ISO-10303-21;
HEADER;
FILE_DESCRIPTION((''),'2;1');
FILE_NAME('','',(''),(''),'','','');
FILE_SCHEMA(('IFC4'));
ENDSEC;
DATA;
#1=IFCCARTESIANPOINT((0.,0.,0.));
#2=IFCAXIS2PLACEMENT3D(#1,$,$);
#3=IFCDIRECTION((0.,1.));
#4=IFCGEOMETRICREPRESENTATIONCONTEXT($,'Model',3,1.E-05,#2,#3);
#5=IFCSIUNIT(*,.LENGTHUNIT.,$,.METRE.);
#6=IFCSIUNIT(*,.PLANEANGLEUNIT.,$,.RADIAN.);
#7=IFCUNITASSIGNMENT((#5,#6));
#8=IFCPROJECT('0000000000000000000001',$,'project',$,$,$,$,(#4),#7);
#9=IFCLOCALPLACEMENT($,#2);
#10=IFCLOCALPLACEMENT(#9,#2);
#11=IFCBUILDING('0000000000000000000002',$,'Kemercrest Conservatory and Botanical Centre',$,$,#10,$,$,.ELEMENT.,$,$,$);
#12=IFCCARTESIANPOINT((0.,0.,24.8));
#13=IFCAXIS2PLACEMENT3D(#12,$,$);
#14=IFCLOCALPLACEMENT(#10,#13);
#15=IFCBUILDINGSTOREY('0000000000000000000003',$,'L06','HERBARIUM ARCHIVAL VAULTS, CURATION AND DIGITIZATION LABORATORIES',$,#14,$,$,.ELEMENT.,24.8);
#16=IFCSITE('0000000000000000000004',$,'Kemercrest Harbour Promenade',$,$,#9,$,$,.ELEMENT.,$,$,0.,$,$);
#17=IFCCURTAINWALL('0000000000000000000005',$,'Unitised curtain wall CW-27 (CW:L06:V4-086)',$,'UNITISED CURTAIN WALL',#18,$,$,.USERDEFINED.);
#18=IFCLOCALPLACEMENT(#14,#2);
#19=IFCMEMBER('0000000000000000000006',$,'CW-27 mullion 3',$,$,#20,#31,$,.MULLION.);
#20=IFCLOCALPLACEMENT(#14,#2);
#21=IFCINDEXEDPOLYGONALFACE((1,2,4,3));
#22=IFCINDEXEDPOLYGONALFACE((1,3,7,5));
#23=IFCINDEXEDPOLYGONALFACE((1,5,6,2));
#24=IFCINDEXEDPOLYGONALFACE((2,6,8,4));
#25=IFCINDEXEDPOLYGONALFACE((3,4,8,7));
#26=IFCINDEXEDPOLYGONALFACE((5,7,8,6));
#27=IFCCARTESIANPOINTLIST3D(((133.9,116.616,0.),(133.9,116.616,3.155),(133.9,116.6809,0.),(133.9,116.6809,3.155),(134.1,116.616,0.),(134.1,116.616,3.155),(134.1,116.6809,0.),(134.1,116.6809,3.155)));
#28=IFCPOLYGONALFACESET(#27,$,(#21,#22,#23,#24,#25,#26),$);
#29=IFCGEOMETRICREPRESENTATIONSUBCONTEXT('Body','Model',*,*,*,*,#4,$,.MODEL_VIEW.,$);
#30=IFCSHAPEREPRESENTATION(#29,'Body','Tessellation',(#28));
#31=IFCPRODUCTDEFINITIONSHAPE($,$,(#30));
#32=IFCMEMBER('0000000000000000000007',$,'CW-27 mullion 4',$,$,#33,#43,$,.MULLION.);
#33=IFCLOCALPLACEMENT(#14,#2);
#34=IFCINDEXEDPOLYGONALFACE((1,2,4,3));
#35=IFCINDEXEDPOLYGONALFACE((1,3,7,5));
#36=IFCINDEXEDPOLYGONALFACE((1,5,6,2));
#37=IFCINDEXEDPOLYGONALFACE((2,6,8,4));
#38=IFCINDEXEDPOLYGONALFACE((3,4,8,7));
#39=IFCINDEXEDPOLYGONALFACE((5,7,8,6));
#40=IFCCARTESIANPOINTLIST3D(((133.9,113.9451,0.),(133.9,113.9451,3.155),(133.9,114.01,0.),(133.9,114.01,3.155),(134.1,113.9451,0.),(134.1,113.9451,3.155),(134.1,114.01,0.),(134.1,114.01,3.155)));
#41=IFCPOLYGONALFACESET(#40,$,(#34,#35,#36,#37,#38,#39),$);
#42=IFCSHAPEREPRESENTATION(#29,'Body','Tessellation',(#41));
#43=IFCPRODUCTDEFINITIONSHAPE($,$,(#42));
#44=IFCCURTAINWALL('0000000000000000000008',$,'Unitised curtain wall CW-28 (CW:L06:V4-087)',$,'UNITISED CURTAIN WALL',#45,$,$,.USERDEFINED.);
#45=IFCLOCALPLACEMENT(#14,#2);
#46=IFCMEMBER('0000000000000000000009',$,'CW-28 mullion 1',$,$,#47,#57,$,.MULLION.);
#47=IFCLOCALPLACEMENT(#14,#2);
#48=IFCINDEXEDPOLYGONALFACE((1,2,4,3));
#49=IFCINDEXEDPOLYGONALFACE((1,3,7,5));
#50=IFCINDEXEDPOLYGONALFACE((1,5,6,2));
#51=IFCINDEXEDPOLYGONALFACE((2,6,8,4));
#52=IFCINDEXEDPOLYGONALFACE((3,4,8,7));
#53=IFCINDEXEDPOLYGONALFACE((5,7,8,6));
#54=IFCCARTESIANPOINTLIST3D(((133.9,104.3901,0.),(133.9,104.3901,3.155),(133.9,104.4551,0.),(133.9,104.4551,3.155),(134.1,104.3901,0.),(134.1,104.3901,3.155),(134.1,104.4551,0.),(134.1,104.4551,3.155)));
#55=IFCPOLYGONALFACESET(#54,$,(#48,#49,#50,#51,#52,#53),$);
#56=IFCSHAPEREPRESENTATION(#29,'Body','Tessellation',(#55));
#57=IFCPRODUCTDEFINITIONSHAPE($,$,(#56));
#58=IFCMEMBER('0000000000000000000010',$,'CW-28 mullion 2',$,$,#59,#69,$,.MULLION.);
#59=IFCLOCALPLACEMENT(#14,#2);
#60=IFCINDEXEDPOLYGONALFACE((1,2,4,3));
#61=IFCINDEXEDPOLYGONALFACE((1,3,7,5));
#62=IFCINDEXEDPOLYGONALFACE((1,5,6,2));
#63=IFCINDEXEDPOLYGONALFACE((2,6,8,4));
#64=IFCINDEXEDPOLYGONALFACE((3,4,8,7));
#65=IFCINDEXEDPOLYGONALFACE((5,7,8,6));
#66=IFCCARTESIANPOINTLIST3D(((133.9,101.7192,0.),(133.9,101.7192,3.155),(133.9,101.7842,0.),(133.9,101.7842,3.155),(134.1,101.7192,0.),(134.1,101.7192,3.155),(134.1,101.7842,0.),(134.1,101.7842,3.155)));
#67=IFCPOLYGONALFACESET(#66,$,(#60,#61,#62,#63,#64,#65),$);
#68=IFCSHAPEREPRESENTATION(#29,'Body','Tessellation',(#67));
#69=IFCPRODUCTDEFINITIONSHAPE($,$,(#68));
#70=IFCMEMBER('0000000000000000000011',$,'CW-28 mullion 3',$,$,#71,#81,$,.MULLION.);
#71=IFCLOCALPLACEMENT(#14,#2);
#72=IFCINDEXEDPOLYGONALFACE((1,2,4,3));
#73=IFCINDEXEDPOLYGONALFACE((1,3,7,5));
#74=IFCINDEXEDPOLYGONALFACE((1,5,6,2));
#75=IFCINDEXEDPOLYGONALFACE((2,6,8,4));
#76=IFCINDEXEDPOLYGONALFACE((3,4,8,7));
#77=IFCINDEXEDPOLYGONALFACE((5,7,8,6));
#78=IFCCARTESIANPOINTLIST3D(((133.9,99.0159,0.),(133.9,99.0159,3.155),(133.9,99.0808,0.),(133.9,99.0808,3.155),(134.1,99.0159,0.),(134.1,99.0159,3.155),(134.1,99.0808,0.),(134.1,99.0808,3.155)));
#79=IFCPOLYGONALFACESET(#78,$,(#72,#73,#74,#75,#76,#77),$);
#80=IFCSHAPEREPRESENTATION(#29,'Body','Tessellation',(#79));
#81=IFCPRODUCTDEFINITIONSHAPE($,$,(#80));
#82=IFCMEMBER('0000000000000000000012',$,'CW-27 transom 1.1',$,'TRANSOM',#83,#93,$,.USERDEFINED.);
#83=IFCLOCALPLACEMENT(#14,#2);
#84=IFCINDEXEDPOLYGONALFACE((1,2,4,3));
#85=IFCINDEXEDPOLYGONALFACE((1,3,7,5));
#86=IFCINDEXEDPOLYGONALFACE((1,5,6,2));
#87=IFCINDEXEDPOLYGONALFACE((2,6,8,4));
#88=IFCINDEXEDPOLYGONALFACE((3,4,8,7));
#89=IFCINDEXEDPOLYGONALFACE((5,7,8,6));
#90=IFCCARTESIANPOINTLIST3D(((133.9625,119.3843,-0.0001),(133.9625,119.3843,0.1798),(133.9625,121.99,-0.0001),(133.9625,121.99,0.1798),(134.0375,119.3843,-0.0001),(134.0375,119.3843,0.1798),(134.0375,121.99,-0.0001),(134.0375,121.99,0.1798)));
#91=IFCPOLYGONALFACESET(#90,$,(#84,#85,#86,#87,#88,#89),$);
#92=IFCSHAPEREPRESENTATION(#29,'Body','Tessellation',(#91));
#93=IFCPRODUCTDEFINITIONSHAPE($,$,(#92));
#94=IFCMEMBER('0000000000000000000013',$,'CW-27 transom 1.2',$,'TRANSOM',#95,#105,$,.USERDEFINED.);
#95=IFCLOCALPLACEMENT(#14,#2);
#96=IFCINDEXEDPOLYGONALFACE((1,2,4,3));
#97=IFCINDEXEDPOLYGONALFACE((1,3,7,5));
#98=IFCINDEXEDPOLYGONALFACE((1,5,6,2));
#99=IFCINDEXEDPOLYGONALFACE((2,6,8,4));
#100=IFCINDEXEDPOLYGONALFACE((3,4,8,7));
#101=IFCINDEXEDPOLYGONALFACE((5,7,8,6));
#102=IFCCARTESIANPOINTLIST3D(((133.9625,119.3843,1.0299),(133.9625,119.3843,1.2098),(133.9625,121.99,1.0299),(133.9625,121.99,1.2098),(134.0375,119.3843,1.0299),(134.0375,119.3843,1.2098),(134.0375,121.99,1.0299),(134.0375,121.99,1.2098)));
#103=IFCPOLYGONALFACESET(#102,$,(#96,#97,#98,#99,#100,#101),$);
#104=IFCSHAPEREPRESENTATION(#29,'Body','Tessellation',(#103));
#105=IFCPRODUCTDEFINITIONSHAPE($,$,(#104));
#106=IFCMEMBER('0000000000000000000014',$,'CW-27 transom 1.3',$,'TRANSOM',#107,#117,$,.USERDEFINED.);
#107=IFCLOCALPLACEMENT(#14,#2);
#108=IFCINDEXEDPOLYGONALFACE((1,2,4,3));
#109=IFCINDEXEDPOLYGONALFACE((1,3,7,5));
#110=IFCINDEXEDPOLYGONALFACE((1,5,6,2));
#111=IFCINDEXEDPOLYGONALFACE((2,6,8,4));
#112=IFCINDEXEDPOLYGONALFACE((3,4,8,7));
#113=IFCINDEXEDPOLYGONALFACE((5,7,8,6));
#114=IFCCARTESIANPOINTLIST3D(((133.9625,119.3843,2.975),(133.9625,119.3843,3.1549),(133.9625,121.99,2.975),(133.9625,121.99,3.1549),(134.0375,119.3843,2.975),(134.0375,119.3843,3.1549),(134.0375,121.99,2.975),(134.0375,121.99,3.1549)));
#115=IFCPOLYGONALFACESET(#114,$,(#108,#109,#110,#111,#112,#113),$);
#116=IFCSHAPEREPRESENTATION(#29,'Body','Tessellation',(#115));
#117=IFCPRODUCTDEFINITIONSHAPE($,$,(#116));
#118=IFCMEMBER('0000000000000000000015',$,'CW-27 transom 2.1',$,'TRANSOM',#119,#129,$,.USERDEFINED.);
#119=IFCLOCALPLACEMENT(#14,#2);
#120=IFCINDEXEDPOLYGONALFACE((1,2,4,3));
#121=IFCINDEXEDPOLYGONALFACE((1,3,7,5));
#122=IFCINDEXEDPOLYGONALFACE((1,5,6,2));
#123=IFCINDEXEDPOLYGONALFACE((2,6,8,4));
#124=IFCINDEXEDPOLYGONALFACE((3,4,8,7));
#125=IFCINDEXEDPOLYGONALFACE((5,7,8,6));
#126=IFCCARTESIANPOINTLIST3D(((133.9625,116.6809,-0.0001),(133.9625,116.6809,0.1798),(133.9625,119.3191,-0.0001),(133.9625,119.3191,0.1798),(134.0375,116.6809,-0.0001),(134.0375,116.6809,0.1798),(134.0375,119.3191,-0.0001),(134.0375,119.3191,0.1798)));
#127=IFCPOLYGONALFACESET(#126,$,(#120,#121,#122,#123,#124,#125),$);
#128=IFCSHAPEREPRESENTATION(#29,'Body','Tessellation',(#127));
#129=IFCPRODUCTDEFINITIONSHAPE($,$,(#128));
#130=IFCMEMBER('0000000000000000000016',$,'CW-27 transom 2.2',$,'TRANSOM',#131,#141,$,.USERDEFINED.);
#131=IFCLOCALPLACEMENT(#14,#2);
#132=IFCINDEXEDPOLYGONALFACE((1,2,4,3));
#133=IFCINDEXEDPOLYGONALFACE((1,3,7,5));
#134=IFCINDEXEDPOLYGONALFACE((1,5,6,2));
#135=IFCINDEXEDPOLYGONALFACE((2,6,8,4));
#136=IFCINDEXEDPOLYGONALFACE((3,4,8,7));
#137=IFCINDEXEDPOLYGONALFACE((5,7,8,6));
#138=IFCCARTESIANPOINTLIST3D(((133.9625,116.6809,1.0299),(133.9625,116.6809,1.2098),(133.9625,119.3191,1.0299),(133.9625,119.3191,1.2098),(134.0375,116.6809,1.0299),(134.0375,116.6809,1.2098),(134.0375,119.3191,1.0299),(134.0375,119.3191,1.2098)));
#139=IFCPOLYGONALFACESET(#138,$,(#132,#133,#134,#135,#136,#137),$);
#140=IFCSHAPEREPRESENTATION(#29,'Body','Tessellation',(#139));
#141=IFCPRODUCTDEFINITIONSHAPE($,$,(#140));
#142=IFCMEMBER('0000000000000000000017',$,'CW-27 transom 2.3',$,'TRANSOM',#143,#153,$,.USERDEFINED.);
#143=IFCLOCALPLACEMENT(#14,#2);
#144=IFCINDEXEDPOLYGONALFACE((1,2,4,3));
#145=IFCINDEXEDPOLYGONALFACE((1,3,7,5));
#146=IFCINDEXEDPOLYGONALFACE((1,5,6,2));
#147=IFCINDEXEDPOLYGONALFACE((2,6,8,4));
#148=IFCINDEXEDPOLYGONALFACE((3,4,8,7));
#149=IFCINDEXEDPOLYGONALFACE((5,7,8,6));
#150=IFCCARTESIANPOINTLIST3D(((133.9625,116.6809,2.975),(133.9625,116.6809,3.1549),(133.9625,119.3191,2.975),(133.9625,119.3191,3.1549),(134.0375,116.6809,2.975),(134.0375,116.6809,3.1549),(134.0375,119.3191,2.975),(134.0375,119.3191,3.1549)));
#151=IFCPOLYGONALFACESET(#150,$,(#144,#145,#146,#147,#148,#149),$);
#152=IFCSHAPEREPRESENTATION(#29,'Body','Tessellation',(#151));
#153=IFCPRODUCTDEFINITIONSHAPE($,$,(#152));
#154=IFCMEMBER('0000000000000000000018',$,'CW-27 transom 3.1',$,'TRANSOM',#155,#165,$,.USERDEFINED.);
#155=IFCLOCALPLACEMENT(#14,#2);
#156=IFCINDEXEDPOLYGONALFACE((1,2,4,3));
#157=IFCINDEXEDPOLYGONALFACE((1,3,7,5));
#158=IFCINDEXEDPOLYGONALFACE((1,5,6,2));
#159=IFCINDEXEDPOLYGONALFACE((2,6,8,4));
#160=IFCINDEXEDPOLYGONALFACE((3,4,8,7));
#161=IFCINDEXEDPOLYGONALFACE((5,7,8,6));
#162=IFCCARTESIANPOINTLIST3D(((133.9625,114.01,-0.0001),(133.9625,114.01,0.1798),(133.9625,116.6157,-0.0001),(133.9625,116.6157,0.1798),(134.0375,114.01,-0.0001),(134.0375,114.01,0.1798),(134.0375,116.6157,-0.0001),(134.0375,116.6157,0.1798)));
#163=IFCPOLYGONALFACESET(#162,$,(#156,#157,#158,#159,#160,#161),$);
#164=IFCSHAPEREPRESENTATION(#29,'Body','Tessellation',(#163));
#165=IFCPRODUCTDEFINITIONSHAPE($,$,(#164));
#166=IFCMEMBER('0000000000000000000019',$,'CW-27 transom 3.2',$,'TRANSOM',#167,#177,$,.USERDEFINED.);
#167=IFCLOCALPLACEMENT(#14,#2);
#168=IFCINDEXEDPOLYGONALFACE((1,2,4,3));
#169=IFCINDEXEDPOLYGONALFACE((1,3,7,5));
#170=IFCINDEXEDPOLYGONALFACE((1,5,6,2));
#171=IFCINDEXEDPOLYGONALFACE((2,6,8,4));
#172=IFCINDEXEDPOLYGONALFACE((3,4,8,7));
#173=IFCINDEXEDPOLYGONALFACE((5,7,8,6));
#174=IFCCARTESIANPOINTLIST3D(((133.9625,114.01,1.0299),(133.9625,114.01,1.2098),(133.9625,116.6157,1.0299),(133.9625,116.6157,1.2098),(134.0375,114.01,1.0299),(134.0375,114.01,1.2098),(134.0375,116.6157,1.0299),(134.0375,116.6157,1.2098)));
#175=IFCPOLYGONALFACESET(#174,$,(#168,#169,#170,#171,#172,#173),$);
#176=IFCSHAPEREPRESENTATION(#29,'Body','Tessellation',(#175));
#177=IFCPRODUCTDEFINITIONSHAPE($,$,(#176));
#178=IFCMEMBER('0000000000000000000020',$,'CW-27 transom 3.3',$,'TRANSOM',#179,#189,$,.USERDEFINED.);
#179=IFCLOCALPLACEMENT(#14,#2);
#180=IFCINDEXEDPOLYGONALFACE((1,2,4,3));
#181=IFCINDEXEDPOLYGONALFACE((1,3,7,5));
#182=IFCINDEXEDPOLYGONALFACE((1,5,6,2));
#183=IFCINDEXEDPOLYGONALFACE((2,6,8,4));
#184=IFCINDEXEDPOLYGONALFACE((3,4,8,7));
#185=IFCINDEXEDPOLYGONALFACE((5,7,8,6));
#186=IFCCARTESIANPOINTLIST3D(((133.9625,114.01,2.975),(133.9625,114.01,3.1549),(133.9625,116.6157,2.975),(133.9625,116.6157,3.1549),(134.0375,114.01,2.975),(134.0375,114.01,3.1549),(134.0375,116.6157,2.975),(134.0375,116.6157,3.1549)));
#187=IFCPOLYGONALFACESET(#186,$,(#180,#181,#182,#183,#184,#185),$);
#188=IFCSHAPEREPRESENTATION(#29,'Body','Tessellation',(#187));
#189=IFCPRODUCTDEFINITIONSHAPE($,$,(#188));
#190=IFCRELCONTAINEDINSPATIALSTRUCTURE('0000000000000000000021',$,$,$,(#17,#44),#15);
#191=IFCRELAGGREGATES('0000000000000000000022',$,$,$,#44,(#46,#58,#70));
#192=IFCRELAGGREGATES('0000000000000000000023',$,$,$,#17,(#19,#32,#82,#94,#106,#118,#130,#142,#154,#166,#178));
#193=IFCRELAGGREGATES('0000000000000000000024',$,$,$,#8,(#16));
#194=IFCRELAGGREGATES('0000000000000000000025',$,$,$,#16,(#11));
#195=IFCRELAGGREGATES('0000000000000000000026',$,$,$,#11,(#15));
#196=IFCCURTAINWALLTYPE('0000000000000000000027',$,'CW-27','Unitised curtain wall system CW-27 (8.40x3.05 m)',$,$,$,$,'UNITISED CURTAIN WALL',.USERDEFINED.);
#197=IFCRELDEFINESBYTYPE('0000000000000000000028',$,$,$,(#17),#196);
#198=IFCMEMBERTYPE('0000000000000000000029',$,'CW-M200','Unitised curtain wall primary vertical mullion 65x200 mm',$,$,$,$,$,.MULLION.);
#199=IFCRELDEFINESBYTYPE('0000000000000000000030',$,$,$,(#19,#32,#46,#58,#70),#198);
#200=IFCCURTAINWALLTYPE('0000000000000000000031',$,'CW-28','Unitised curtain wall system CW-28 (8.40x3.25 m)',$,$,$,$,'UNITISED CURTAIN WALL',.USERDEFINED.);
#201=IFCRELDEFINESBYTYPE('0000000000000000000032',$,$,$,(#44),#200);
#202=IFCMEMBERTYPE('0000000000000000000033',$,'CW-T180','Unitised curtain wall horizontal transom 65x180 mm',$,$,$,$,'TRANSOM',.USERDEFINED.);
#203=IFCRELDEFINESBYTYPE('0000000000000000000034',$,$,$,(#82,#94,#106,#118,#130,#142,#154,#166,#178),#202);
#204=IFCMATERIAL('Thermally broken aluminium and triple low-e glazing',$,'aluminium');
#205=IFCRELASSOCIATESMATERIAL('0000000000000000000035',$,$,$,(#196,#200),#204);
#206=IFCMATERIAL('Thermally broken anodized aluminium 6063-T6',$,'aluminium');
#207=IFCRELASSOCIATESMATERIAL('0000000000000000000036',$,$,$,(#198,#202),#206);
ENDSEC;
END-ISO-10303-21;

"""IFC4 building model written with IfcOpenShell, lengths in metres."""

from ifc_helpers import new_model, si_unit, direction, frame, origin, origin_2d, place, context, subcontext, project, spatial, rectangle, extrude, material, material_profile, profile_set, type_object, element, aggregate, save


model = new_model("IFC4")

# Units and contexts
model_context = context("Model", 3, precision=1e-05, world=origin(), true_north=direction((0.0, 1.0)))
body_context = subcontext(model_context, "Body", "Model", "MODEL_VIEW")
ifc_project = project(units=[si_unit("LENGTHUNIT", "METRE"), si_unit("PLANEANGLEUNIT", "RADIAN")], contexts=[model_context])

# Site, building, storey
site_placement = place(None, origin())
site = spatial("IfcSite", under=ifc_project, at=site_placement, Name="Kemercrest Harbour Promenade", CompositionType="ELEMENT", RefElevation=0.0)
building_placement = place(site_placement, origin())
building = spatial("IfcBuilding", under=site, at=building_placement, Name="Kemercrest Conservatory and Botanical Centre", CompositionType="ELEMENT")
storey_placement = place(building_placement, frame((0.0, 0.0, 24.8)))
storey = spatial("IfcBuildingStorey", under=building, at=storey_placement, Name="L06", Description="HERBARIUM ARCHIVAL VAULTS, CURATION AND DIGITIZATION LABORATORIES", CompositionType="ELEMENT", Elevation=24.8)

# Curtain walls, members
ifc_material_1 = material(Name="Thermally broken aluminium and triple low-e glazing", Category="aluminium")
curtain_wall_type_1 = type_object("IfcCurtainWallType", Name="CW-27", Description="Unitised curtain wall system CW-27 (8.40x3.05 m)", ElementType="UNITISED CURTAIN WALL", PredefinedType="USERDEFINED", material=ifc_material_1)
curtain_wall_1_placement = place(storey_placement, origin())
curtain_wall_1 = element("IfcCurtainWall", 1, at=curtain_wall_1_placement, inside=storey, type_object=curtain_wall_type_1, Name="Unitised curtain wall CW-27 (CW:L06:V4-086)", ObjectType="UNITISED CURTAIN WALL", PredefinedType="USERDEFINED")
ifc_material_2 = material(Name="Thermally broken anodized aluminium 6063-T6", Category="aluminium")
ifc_material_profile_1 = material_profile(ifc_material_2, rectangle(XDim=0.2, YDim=0.0649, at=origin_2d()), Name="AL MULLION 65x200")
ifc_profile_set_1 = profile_set([ifc_material_profile_1], Name="Thermally broken anodized aluminium 6063-T6")
member_type_1 = type_object("IfcMemberType", Name="CW-M200", Description="Unitised curtain wall primary vertical mullion 65x200 mm", PredefinedType="MULLION", material=ifc_profile_set_1)
member_1_placement = place(storey_placement, frame((134.0, 116.6484, 0.0), z_axis=(0.0, 0.0, 1.0), x_axis=(1.0, 0.0, 0.0)))
member_1 = element("IfcMember", 2, at=member_1_placement, type_object=member_type_1, Name="CW-27 mullion 3", PredefinedType="MULLION", context=body_context, shape_type="SweptSolid", body=[
    extrude(rectangle(XDim=0.2, YDim=0.0649, at=origin_2d()), origin(), (0.0, 0.0, 1.0), 3.155),
])
member_2_placement = place(storey_placement, frame((134.0, 113.9775, 0.0), z_axis=(0.0, 0.0, 1.0), x_axis=(1.0, 0.0, 0.0)))
member_2 = element("IfcMember", 3, at=member_2_placement, type_object=member_type_1, Name="CW-27 mullion 4", PredefinedType="MULLION", context=body_context, shape_type="SweptSolid", body=[
    extrude(rectangle(XDim=0.2, YDim=0.0649, at=origin_2d()), origin(), (0.0, 0.0, 1.0), 3.155),
])
curtain_wall_type_2 = type_object("IfcCurtainWallType", Name="CW-28", Description="Unitised curtain wall system CW-28 (8.40x3.25 m)", ElementType="UNITISED CURTAIN WALL", PredefinedType="USERDEFINED", material=ifc_material_1)
curtain_wall_2_placement = place(storey_placement, origin())
curtain_wall_2 = element("IfcCurtainWall", 4, at=curtain_wall_2_placement, inside=storey, type_object=curtain_wall_type_2, Name="Unitised curtain wall CW-28 (CW:L06:V4-087)", ObjectType="UNITISED CURTAIN WALL", PredefinedType="USERDEFINED")
member_3_placement = place(storey_placement, frame((134.0, 104.4226, 0.0), z_axis=(0.0, 0.0, 1.0), x_axis=(1.0, 0.0, 0.0)))
member_3 = element("IfcMember", 5, at=member_3_placement, type_object=member_type_1, Name="CW-28 mullion 1", PredefinedType="MULLION", context=body_context, shape_type="SweptSolid", body=[
    extrude(rectangle(XDim=0.2, YDim=0.0649, at=origin_2d()), origin(), (0.0, 0.0, 1.0), 3.155),
])
member_4_placement = place(storey_placement, frame((134.0, 101.7517, 0.0), z_axis=(0.0, 0.0, 1.0), x_axis=(1.0, 0.0, 0.0)))
member_4 = element("IfcMember", 6, at=member_4_placement, type_object=member_type_1, Name="CW-28 mullion 2", PredefinedType="MULLION", context=body_context, shape_type="SweptSolid", body=[
    extrude(rectangle(XDim=0.2, YDim=0.0649, at=origin_2d()), origin(), (0.0, 0.0, 1.0), 3.155),
])
member_5_placement = place(storey_placement, frame((134.0, 99.0483, 0.0), z_axis=(0.0, 0.0, 1.0), x_axis=(1.0, 0.0, 0.0)))
member_5 = element("IfcMember", 7, at=member_5_placement, type_object=member_type_1, Name="CW-28 mullion 3", PredefinedType="MULLION", context=body_context, shape_type="SweptSolid", body=[
    extrude(rectangle(XDim=0.2, YDim=0.0649, at=origin_2d()), origin(), (0.0, 0.0, 1.0), 3.155),
])
aggregate(curtain_wall_2, [member_3, member_4, member_5])

# Members
ifc_material_profile_2 = material_profile(ifc_material_2, rectangle(XDim=0.075, YDim=0.1799, at=origin_2d()), Name="AL TRANSOM 75x180")
ifc_profile_set_2 = profile_set([ifc_material_profile_2], Name="Thermally broken anodized aluminium 6063-T6")
member_type_2 = type_object("IfcMemberType", Name="CW-T180", Description="Unitised curtain wall horizontal transom 65x180 mm", ElementType="TRANSOM", PredefinedType="USERDEFINED", material=ifc_profile_set_2)
member_6_placement = place(storey_placement, frame((134.0, 121.99, 0.0898), z_axis=(0.0, -1.0, 0.0), x_axis=(1.0, 0.0, 0.0)))
member_6 = element("IfcMember", 8, at=member_6_placement, type_object=member_type_2, Name="CW-27 transom 1.1", ObjectType="TRANSOM", PredefinedType="USERDEFINED", context=body_context, shape_type="SweptSolid", body=[
    extrude(rectangle(XDim=0.075, YDim=0.1799, at=origin_2d()), origin(), (0.0, 0.0, 1.0), 2.6057),
])
member_7_placement = place(storey_placement, frame((134.0, 121.99, 1.1199), z_axis=(0.0, -1.0, 0.0), x_axis=(1.0, 0.0, 0.0)))
member_7 = element("IfcMember", 9, at=member_7_placement, type_object=member_type_2, Name="CW-27 transom 1.2", ObjectType="TRANSOM", PredefinedType="USERDEFINED", context=body_context, shape_type="SweptSolid", body=[
    extrude(rectangle(XDim=0.075, YDim=0.1799, at=origin_2d()), origin(), (0.0, 0.0, 1.0), 2.6057),
])
member_8_placement = place(storey_placement, frame((134.0, 121.99, 3.0649), z_axis=(0.0, -1.0, 0.0), x_axis=(1.0, 0.0, 0.0)))
member_8 = element("IfcMember", 10, at=member_8_placement, type_object=member_type_2, Name="CW-27 transom 1.3", ObjectType="TRANSOM", PredefinedType="USERDEFINED", context=body_context, shape_type="SweptSolid", body=[
    extrude(rectangle(XDim=0.075, YDim=0.1799, at=origin_2d()), origin(), (0.0, 0.0, 1.0), 2.6057),
])
member_9_placement = place(storey_placement, frame((134.0, 119.3191, 0.0898), z_axis=(0.0, -1.0, 0.0), x_axis=(1.0, 0.0, 0.0)))
member_9 = element("IfcMember", 11, at=member_9_placement, type_object=member_type_2, Name="CW-27 transom 2.1", ObjectType="TRANSOM", PredefinedType="USERDEFINED", context=body_context, shape_type="SweptSolid", body=[
    extrude(rectangle(XDim=0.075, YDim=0.1799, at=origin_2d()), origin(), (0.0, 0.0, 1.0), 2.6382),
])
member_10_placement = place(storey_placement, frame((134.0, 119.3191, 1.1199), z_axis=(0.0, -1.0, 0.0), x_axis=(1.0, 0.0, 0.0)))
member_10 = element("IfcMember", 12, at=member_10_placement, type_object=member_type_2, Name="CW-27 transom 2.2", ObjectType="TRANSOM", PredefinedType="USERDEFINED", context=body_context, shape_type="SweptSolid", body=[
    extrude(rectangle(XDim=0.075, YDim=0.1799, at=origin_2d()), origin(), (0.0, 0.0, 1.0), 2.6382),
])
member_11_placement = place(storey_placement, frame((134.0, 119.3191, 3.0649), z_axis=(0.0, -1.0, 0.0), x_axis=(1.0, 0.0, 0.0)))
member_11 = element("IfcMember", 13, at=member_11_placement, type_object=member_type_2, Name="CW-27 transom 2.3", ObjectType="TRANSOM", PredefinedType="USERDEFINED", context=body_context, shape_type="SweptSolid", body=[
    extrude(rectangle(XDim=0.075, YDim=0.1799, at=origin_2d()), origin(), (0.0, 0.0, 1.0), 2.6382),
])
member_12_placement = place(storey_placement, frame((134.0, 116.6157, 0.0898), z_axis=(0.0, -1.0, 0.0), x_axis=(1.0, 0.0, 0.0)))
member_12 = element("IfcMember", 14, at=member_12_placement, type_object=member_type_2, Name="CW-27 transom 3.1", ObjectType="TRANSOM", PredefinedType="USERDEFINED", context=body_context, shape_type="SweptSolid", body=[
    extrude(rectangle(XDim=0.075, YDim=0.1799, at=origin_2d()), origin(), (0.0, 0.0, 1.0), 2.6057),
])
member_13_placement = place(storey_placement, frame((134.0, 116.6157, 1.1199), z_axis=(0.0, -1.0, 0.0), x_axis=(1.0, 0.0, 0.0)))
member_13 = element("IfcMember", 15, at=member_13_placement, type_object=member_type_2, Name="CW-27 transom 3.2", ObjectType="TRANSOM", PredefinedType="USERDEFINED", context=body_context, shape_type="SweptSolid", body=[
    extrude(rectangle(XDim=0.075, YDim=0.1799, at=origin_2d()), origin(), (0.0, 0.0, 1.0), 2.6057),
])
member_14_placement = place(storey_placement, frame((134.0, 116.6157, 3.0649), z_axis=(0.0, -1.0, 0.0), x_axis=(1.0, 0.0, 0.0)))
member_14 = element("IfcMember", 16, at=member_14_placement, type_object=member_type_2, Name="CW-27 transom 3.3", ObjectType="TRANSOM", PredefinedType="USERDEFINED", context=body_context, shape_type="SweptSolid", body=[
    extrude(rectangle(XDim=0.075, YDim=0.1799, at=origin_2d()), origin(), (0.0, 0.0, 1.0), 2.6057),
])

aggregate(curtain_wall_1, [member_1, member_2, member_6, member_7, member_8, member_9, member_10, member_11, member_12, member_13, member_14])

save(model, "model.ifc")
